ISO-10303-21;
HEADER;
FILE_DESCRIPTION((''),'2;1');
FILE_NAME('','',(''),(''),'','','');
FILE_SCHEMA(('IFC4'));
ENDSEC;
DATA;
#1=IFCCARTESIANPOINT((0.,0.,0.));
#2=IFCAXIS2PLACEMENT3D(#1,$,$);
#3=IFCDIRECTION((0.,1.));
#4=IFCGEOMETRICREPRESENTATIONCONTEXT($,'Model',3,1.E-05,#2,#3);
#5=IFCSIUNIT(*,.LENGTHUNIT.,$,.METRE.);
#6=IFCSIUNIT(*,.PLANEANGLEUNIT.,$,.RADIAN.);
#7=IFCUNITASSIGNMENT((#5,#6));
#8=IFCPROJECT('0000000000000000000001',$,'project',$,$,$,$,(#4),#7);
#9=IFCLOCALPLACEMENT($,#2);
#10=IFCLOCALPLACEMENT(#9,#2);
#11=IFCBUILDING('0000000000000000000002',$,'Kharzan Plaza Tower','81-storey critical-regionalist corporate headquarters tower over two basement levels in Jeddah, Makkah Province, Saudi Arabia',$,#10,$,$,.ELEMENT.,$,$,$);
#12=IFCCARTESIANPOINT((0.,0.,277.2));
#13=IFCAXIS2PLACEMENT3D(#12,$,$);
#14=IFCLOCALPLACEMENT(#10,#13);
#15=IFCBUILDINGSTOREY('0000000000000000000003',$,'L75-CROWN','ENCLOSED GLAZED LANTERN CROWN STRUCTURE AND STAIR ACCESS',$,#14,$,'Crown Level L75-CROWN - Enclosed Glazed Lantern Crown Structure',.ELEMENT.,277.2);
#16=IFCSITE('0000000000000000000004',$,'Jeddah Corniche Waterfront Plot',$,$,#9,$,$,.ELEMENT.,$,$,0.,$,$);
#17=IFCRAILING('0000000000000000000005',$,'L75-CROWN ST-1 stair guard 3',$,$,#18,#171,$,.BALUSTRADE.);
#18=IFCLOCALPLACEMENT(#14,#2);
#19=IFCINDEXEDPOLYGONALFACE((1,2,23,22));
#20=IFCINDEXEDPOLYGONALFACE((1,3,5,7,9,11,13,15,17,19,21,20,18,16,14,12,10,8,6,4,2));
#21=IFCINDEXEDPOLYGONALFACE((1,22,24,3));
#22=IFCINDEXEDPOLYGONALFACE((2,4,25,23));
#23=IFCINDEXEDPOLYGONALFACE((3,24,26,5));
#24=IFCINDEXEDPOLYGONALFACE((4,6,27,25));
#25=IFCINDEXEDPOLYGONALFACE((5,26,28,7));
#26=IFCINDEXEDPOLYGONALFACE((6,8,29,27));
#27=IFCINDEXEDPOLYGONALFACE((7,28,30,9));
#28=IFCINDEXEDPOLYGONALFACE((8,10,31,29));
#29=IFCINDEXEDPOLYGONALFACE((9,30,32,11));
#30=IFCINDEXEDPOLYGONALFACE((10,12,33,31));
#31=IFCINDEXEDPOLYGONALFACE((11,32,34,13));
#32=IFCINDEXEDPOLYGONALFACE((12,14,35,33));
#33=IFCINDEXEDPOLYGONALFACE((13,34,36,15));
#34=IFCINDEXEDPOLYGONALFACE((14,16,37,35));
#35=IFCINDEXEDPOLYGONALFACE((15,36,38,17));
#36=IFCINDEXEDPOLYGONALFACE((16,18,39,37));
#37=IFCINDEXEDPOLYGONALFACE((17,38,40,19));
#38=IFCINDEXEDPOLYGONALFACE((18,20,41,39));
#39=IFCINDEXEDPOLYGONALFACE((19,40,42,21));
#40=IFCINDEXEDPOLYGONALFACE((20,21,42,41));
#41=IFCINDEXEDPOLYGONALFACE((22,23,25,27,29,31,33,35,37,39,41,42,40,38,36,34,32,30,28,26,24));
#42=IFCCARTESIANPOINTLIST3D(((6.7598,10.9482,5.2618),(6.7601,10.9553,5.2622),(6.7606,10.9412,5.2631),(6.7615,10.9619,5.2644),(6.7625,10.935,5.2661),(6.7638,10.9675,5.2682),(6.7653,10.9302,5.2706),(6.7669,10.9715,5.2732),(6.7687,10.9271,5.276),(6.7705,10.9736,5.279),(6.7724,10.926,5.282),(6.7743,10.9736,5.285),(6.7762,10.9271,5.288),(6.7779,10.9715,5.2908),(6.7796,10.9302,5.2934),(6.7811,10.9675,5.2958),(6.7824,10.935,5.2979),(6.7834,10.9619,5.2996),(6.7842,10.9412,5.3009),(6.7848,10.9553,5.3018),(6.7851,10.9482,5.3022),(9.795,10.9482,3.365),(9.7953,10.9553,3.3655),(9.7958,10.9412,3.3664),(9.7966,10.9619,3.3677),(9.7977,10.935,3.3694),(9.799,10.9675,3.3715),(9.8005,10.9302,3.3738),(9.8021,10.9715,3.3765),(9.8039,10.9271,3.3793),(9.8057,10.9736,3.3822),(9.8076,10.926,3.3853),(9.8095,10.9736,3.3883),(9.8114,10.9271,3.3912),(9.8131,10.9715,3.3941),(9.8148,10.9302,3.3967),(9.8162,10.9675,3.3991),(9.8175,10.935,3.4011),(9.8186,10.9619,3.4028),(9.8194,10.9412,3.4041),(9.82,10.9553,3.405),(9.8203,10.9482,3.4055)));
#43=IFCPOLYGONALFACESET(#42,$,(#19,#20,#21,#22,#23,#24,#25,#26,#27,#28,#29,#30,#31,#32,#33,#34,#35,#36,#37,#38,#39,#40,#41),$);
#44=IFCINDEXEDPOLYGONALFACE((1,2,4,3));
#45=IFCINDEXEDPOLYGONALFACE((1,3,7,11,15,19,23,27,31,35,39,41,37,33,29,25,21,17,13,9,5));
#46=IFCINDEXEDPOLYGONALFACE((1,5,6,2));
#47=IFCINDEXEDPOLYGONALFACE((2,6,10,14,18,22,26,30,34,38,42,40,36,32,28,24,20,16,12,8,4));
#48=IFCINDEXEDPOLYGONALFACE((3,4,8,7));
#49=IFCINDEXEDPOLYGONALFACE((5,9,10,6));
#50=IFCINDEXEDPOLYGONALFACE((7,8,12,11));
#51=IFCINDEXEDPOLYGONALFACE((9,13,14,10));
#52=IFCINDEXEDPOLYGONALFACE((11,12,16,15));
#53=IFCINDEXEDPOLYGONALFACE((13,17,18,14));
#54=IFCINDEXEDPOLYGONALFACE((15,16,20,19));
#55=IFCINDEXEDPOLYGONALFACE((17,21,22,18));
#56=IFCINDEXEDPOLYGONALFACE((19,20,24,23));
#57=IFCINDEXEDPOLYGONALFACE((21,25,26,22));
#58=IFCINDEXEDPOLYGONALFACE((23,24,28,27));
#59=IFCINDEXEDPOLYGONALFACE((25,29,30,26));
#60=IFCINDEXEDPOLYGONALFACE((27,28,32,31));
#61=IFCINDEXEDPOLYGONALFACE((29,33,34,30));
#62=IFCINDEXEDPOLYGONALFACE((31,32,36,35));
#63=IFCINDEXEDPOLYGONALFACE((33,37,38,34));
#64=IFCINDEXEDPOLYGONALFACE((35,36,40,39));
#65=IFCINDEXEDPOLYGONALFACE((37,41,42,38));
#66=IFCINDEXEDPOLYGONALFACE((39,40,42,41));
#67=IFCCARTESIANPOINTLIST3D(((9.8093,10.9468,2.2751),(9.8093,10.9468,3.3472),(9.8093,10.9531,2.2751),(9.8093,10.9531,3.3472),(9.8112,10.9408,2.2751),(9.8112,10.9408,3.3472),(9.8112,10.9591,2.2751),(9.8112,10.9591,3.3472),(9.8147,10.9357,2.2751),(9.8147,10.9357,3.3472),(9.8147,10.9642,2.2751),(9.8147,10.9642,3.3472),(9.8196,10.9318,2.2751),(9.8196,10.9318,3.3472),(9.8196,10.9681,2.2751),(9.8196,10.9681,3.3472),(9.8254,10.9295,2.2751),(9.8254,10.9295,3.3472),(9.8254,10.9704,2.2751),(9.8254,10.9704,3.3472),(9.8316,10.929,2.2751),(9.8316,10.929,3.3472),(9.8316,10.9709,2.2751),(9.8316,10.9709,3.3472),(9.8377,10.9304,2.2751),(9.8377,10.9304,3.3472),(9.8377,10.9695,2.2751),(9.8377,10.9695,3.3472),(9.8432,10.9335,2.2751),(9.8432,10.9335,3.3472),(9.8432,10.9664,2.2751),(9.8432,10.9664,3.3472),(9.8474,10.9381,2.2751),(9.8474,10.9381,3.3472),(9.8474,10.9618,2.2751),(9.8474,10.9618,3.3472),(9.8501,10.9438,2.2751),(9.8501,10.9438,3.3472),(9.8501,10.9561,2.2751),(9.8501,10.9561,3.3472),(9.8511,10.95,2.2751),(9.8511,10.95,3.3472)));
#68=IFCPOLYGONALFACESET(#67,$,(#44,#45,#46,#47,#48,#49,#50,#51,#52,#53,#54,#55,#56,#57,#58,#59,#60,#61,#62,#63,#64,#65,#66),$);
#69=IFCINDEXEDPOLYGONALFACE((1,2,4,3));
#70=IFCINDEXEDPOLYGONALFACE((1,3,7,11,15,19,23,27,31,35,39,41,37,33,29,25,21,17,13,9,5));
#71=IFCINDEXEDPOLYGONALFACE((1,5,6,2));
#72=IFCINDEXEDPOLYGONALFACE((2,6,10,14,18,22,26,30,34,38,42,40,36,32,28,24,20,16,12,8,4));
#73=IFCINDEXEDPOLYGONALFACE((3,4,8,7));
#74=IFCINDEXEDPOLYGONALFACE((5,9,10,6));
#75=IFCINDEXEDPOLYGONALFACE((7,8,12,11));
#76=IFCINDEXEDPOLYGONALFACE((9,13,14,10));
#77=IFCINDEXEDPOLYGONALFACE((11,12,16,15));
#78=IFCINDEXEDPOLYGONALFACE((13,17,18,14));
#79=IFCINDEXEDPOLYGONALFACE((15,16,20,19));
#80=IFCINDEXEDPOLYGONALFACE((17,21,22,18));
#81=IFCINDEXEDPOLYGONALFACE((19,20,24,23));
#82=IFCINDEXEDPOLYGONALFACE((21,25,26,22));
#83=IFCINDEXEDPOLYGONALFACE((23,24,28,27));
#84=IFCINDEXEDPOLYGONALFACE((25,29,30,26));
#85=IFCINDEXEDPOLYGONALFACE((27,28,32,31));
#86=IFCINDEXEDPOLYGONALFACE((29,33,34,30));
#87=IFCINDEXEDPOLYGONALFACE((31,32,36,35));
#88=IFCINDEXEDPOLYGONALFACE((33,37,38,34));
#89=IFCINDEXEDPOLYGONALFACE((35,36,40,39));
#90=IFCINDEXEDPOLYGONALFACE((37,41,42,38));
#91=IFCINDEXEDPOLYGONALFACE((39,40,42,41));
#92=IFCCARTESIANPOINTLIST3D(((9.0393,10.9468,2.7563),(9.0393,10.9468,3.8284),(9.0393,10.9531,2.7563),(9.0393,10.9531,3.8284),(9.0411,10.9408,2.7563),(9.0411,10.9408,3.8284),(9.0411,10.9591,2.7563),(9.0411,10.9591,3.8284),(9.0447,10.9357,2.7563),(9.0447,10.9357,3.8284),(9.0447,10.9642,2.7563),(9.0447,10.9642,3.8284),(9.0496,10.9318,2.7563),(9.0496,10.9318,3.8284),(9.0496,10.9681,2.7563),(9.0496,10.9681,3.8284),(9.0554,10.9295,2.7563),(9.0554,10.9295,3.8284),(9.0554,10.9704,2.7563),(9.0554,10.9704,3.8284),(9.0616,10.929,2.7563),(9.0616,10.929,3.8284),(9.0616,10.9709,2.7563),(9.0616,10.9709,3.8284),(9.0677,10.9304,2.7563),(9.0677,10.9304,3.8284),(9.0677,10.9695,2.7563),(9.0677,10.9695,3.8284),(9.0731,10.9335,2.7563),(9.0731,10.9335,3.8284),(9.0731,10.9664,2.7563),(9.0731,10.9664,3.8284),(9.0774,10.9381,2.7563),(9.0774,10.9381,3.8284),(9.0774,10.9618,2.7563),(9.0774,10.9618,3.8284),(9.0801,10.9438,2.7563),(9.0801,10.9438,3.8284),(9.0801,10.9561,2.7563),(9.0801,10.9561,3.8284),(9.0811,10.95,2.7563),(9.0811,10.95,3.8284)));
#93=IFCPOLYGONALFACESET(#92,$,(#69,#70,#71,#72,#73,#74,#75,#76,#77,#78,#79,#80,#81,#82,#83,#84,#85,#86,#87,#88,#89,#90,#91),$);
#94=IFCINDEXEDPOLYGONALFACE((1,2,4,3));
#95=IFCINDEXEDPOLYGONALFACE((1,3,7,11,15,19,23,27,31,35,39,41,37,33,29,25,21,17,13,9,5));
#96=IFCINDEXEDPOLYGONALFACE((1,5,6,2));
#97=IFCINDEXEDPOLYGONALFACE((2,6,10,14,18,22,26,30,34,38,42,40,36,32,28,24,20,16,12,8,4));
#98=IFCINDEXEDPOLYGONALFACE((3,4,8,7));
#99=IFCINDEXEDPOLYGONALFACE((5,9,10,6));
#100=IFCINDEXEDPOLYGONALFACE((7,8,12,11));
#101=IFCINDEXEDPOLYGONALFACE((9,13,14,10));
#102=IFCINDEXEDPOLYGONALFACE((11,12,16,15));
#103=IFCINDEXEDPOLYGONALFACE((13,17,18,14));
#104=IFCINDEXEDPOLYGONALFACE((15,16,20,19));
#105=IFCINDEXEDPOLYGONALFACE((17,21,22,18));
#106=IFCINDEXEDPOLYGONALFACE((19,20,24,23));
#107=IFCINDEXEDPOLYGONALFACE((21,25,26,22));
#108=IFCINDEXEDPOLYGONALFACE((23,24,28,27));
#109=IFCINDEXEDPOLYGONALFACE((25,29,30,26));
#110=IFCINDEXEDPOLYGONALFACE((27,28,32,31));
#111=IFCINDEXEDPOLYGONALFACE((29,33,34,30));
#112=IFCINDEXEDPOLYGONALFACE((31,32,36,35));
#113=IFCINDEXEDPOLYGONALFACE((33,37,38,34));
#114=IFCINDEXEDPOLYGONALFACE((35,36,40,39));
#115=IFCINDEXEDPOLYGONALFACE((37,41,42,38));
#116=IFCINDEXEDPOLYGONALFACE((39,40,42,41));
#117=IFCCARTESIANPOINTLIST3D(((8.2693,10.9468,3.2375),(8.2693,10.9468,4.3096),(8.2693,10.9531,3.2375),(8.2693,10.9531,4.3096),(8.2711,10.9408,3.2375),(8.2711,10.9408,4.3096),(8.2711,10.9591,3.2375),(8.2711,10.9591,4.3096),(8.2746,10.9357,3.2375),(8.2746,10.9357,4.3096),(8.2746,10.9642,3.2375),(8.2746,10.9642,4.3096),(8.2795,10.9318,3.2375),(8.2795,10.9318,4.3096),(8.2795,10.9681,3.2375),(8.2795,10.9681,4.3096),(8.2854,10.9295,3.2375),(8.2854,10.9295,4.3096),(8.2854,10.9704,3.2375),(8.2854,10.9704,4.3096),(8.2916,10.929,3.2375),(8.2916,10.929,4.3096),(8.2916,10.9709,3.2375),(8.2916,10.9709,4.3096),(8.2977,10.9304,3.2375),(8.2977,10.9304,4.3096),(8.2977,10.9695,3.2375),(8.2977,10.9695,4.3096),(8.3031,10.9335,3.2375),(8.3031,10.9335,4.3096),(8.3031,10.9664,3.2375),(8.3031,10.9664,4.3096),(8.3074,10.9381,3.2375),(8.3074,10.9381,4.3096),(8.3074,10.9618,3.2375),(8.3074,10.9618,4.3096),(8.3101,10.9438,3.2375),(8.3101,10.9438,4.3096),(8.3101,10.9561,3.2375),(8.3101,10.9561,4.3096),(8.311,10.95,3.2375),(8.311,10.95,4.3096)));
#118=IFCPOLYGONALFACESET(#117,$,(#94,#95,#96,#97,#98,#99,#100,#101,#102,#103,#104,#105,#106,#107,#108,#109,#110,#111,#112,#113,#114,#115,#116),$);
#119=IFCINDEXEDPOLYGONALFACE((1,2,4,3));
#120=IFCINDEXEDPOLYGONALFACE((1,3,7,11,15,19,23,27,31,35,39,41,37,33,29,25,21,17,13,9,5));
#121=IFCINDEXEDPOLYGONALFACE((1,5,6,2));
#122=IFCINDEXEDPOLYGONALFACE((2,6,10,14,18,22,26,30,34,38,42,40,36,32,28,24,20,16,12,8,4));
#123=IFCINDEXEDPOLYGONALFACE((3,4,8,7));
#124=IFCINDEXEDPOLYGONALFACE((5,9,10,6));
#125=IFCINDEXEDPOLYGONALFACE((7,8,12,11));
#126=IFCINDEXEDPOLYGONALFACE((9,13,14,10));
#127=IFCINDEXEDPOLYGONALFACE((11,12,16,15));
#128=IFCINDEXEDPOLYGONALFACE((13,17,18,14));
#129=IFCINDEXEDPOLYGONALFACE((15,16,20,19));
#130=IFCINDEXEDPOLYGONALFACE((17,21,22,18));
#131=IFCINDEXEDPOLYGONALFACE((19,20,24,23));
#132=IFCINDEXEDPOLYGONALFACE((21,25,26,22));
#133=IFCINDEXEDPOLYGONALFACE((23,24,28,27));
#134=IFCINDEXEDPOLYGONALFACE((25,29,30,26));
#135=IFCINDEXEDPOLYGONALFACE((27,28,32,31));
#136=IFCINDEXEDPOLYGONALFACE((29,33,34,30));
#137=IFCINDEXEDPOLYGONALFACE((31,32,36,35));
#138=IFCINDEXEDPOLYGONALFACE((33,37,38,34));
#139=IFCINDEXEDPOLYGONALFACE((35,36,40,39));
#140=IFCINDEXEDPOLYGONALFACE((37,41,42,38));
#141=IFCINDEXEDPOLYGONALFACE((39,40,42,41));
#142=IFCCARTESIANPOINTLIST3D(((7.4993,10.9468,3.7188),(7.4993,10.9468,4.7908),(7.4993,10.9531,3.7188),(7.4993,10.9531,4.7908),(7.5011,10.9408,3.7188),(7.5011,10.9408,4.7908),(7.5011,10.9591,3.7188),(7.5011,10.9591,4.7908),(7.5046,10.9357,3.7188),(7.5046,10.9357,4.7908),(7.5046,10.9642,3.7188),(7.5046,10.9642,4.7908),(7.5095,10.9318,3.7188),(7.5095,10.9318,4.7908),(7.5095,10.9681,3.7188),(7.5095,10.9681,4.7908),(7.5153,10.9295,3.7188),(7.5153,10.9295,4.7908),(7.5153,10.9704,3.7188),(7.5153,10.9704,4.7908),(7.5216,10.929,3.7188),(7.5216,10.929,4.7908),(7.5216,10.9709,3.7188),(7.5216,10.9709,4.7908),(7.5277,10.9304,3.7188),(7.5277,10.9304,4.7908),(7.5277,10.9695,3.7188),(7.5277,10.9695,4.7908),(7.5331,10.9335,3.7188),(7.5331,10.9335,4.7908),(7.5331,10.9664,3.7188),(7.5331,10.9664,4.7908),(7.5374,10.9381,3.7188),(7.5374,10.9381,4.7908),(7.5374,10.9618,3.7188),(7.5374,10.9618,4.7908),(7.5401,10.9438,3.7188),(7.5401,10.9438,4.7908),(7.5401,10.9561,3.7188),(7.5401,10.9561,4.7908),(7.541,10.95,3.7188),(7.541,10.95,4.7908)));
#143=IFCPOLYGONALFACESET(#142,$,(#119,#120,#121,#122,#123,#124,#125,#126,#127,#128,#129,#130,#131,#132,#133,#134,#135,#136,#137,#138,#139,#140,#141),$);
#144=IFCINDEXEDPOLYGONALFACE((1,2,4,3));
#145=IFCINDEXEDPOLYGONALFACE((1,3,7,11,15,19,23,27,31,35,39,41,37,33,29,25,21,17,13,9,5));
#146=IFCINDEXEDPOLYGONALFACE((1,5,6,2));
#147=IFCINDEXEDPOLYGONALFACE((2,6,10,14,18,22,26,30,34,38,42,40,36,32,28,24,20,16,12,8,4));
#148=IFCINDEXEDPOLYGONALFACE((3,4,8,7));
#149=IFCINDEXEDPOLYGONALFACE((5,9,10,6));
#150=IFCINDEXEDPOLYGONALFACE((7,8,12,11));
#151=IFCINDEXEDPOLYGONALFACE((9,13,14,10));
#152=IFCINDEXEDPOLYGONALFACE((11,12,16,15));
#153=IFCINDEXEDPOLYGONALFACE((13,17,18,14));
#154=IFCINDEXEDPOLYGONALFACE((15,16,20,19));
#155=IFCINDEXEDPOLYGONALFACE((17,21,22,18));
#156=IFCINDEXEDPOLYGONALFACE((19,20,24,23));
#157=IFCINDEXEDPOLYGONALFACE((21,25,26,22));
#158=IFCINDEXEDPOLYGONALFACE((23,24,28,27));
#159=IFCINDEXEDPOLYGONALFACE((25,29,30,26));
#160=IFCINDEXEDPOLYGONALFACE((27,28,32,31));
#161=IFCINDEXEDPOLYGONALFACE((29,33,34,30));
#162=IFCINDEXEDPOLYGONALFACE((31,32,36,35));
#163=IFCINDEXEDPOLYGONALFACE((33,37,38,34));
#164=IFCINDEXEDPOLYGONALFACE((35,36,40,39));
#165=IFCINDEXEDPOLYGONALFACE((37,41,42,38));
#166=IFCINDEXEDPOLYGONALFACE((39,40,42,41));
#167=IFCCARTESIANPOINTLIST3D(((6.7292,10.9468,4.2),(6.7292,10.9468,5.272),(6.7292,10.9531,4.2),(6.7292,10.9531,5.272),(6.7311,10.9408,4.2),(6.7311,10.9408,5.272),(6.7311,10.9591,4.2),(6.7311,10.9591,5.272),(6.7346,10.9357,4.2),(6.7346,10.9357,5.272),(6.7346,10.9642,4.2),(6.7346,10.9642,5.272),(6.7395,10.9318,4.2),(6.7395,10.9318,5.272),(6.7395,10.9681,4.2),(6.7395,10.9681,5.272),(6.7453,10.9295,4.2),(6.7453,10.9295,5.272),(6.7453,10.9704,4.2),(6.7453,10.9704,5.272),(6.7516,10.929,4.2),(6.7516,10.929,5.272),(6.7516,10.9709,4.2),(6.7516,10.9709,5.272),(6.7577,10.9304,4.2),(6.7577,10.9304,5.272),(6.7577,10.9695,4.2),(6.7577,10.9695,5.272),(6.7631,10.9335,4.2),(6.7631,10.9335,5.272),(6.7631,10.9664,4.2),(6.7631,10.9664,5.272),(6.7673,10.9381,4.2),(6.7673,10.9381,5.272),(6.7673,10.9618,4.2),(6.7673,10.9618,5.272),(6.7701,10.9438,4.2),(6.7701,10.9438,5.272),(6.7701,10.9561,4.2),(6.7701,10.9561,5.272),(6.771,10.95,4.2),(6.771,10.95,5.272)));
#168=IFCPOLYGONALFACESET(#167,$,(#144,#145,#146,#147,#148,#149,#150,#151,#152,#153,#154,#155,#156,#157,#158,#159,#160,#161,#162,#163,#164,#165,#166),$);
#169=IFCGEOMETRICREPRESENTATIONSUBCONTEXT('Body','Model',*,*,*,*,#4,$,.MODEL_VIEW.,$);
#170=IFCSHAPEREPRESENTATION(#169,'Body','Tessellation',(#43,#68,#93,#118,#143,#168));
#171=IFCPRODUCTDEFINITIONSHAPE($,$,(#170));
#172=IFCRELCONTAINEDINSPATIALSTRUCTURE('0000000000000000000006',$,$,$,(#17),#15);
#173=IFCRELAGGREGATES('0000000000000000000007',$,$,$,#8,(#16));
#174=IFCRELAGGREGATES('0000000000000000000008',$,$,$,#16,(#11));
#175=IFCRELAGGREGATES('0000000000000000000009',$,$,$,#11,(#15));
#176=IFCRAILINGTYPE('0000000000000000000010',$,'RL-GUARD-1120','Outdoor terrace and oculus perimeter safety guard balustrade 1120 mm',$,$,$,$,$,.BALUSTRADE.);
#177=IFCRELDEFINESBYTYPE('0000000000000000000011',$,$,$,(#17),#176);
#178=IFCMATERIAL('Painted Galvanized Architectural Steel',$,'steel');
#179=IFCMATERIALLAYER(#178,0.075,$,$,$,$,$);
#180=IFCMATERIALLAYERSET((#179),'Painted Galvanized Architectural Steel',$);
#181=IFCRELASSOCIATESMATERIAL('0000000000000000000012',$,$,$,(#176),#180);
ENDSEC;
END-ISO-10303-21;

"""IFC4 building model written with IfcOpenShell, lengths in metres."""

from ifc_helpers import new_model, si_unit, direction, frame, origin, origin_2d, place, context, subcontext, project, spatial, circle, extrude, source, transform, mapped, material, layer, layer_set, type_object, element, save


model = new_model("IFC4")

# Units and contexts
model_context = context("Model", 3, precision=1e-05, world=origin(), true_north=direction((0.0, 1.0)))
body_context = subcontext(model_context, "Body", "Model", "MODEL_VIEW")
ifc_project = project(units=[si_unit("LENGTHUNIT", "METRE"), si_unit("PLANEANGLEUNIT", "RADIAN")], contexts=[model_context])

# Site, building, storey
site_placement = place(None, origin())
site = spatial("IfcSite", under=ifc_project, at=site_placement, Name="Jeddah Corniche Waterfront Plot", CompositionType="ELEMENT", RefElevation=0.0)
building_placement = place(site_placement, origin())
building = spatial("IfcBuilding", under=site, at=building_placement, Name="Kharzan Plaza Tower", Description="81-storey critical-regionalist corporate headquarters tower over two basement levels in Jeddah, Makkah Province, Saudi Arabia", CompositionType="ELEMENT")
storey_placement = place(building_placement, frame((0.0, 0.0, 277.2)))
storey = spatial("IfcBuildingStorey", under=building, at=storey_placement, Name="L75-CROWN", Description="ENCLOSED GLAZED LANTERN CROWN STRUCTURE AND STAIR ACCESS", LongName="Crown Level L75-CROWN - Enclosed Glazed Lantern Crown Structure", CompositionType="ELEMENT", Elevation=277.2)

# Railing
ifc_material_1 = material(Name="Painted Galvanized Architectural Steel", Category="steel")
ifc_layer_1 = layer(ifc_material_1, 0.075)
ifc_layer_set_1 = layer_set([ifc_layer_1], Name="Painted Galvanized Architectural Steel")
railing_type_1 = type_object("IfcRailingType", Name="RL-GUARD-1120", Description="Outdoor terrace and oculus perimeter safety guard balustrade 1120 mm", PredefinedType="BALUSTRADE", material=ifc_layer_set_1)
shared_shape_1 = source(origin(), body_context, "Body", "SweptSolid", [
    extrude(circle(Radius=0.0239, at=origin_2d()), frame((-0.0225, 0.0, 1.1101), z_axis=(-0.848029, 0.0, 0.529951), x_axis=(0.0, -1.0, 0.0)), (0.0, 0.0, 1.0), 3.5791),
    extrude(circle(Radius=0.021, at=origin_2d()), origin(), (0.0, 0.0, 1.0), 1.072),
    extrude(circle(Radius=0.021, at=origin_2d()), frame((-0.77, 0.0, 0.4812)), (0.0, 0.0, 1.0), 1.072),
    extrude(circle(Radius=0.021, at=origin_2d()), frame((-1.54, 0.0, 0.9624)), (0.0, 0.0, 1.0), 1.072),
    extrude(circle(Radius=0.021, at=origin_2d()), frame((-2.3101, 0.0, 1.4436)), (0.0, 0.0, 1.0), 1.072),
    extrude(circle(Radius=0.021, at=origin_2d()), frame((-3.0801, 0.0, 1.9248)), (0.0, 0.0, 1.0), 1.072),
])
railing_1_placement = place(storey_placement, frame((9.8301, 10.95, 2.2751)))
element("IfcRailing", 1, at=railing_1_placement, inside=storey, type_object=railing_type_1, Name="L75-CROWN ST-1 stair guard 3", PredefinedType="BALUSTRADE", context=body_context, shape_type="MappedRepresentation", body=[
    mapped(shared_shape_1, transform((0.0, 0.0, 0.0), x_axis=(1.0, 0.0, 0.0), y_axis=(0.0, 1.0, 0.0), z_axis=(0.0, 0.0, 1.0))),
])

save(model, "model.ifc")
